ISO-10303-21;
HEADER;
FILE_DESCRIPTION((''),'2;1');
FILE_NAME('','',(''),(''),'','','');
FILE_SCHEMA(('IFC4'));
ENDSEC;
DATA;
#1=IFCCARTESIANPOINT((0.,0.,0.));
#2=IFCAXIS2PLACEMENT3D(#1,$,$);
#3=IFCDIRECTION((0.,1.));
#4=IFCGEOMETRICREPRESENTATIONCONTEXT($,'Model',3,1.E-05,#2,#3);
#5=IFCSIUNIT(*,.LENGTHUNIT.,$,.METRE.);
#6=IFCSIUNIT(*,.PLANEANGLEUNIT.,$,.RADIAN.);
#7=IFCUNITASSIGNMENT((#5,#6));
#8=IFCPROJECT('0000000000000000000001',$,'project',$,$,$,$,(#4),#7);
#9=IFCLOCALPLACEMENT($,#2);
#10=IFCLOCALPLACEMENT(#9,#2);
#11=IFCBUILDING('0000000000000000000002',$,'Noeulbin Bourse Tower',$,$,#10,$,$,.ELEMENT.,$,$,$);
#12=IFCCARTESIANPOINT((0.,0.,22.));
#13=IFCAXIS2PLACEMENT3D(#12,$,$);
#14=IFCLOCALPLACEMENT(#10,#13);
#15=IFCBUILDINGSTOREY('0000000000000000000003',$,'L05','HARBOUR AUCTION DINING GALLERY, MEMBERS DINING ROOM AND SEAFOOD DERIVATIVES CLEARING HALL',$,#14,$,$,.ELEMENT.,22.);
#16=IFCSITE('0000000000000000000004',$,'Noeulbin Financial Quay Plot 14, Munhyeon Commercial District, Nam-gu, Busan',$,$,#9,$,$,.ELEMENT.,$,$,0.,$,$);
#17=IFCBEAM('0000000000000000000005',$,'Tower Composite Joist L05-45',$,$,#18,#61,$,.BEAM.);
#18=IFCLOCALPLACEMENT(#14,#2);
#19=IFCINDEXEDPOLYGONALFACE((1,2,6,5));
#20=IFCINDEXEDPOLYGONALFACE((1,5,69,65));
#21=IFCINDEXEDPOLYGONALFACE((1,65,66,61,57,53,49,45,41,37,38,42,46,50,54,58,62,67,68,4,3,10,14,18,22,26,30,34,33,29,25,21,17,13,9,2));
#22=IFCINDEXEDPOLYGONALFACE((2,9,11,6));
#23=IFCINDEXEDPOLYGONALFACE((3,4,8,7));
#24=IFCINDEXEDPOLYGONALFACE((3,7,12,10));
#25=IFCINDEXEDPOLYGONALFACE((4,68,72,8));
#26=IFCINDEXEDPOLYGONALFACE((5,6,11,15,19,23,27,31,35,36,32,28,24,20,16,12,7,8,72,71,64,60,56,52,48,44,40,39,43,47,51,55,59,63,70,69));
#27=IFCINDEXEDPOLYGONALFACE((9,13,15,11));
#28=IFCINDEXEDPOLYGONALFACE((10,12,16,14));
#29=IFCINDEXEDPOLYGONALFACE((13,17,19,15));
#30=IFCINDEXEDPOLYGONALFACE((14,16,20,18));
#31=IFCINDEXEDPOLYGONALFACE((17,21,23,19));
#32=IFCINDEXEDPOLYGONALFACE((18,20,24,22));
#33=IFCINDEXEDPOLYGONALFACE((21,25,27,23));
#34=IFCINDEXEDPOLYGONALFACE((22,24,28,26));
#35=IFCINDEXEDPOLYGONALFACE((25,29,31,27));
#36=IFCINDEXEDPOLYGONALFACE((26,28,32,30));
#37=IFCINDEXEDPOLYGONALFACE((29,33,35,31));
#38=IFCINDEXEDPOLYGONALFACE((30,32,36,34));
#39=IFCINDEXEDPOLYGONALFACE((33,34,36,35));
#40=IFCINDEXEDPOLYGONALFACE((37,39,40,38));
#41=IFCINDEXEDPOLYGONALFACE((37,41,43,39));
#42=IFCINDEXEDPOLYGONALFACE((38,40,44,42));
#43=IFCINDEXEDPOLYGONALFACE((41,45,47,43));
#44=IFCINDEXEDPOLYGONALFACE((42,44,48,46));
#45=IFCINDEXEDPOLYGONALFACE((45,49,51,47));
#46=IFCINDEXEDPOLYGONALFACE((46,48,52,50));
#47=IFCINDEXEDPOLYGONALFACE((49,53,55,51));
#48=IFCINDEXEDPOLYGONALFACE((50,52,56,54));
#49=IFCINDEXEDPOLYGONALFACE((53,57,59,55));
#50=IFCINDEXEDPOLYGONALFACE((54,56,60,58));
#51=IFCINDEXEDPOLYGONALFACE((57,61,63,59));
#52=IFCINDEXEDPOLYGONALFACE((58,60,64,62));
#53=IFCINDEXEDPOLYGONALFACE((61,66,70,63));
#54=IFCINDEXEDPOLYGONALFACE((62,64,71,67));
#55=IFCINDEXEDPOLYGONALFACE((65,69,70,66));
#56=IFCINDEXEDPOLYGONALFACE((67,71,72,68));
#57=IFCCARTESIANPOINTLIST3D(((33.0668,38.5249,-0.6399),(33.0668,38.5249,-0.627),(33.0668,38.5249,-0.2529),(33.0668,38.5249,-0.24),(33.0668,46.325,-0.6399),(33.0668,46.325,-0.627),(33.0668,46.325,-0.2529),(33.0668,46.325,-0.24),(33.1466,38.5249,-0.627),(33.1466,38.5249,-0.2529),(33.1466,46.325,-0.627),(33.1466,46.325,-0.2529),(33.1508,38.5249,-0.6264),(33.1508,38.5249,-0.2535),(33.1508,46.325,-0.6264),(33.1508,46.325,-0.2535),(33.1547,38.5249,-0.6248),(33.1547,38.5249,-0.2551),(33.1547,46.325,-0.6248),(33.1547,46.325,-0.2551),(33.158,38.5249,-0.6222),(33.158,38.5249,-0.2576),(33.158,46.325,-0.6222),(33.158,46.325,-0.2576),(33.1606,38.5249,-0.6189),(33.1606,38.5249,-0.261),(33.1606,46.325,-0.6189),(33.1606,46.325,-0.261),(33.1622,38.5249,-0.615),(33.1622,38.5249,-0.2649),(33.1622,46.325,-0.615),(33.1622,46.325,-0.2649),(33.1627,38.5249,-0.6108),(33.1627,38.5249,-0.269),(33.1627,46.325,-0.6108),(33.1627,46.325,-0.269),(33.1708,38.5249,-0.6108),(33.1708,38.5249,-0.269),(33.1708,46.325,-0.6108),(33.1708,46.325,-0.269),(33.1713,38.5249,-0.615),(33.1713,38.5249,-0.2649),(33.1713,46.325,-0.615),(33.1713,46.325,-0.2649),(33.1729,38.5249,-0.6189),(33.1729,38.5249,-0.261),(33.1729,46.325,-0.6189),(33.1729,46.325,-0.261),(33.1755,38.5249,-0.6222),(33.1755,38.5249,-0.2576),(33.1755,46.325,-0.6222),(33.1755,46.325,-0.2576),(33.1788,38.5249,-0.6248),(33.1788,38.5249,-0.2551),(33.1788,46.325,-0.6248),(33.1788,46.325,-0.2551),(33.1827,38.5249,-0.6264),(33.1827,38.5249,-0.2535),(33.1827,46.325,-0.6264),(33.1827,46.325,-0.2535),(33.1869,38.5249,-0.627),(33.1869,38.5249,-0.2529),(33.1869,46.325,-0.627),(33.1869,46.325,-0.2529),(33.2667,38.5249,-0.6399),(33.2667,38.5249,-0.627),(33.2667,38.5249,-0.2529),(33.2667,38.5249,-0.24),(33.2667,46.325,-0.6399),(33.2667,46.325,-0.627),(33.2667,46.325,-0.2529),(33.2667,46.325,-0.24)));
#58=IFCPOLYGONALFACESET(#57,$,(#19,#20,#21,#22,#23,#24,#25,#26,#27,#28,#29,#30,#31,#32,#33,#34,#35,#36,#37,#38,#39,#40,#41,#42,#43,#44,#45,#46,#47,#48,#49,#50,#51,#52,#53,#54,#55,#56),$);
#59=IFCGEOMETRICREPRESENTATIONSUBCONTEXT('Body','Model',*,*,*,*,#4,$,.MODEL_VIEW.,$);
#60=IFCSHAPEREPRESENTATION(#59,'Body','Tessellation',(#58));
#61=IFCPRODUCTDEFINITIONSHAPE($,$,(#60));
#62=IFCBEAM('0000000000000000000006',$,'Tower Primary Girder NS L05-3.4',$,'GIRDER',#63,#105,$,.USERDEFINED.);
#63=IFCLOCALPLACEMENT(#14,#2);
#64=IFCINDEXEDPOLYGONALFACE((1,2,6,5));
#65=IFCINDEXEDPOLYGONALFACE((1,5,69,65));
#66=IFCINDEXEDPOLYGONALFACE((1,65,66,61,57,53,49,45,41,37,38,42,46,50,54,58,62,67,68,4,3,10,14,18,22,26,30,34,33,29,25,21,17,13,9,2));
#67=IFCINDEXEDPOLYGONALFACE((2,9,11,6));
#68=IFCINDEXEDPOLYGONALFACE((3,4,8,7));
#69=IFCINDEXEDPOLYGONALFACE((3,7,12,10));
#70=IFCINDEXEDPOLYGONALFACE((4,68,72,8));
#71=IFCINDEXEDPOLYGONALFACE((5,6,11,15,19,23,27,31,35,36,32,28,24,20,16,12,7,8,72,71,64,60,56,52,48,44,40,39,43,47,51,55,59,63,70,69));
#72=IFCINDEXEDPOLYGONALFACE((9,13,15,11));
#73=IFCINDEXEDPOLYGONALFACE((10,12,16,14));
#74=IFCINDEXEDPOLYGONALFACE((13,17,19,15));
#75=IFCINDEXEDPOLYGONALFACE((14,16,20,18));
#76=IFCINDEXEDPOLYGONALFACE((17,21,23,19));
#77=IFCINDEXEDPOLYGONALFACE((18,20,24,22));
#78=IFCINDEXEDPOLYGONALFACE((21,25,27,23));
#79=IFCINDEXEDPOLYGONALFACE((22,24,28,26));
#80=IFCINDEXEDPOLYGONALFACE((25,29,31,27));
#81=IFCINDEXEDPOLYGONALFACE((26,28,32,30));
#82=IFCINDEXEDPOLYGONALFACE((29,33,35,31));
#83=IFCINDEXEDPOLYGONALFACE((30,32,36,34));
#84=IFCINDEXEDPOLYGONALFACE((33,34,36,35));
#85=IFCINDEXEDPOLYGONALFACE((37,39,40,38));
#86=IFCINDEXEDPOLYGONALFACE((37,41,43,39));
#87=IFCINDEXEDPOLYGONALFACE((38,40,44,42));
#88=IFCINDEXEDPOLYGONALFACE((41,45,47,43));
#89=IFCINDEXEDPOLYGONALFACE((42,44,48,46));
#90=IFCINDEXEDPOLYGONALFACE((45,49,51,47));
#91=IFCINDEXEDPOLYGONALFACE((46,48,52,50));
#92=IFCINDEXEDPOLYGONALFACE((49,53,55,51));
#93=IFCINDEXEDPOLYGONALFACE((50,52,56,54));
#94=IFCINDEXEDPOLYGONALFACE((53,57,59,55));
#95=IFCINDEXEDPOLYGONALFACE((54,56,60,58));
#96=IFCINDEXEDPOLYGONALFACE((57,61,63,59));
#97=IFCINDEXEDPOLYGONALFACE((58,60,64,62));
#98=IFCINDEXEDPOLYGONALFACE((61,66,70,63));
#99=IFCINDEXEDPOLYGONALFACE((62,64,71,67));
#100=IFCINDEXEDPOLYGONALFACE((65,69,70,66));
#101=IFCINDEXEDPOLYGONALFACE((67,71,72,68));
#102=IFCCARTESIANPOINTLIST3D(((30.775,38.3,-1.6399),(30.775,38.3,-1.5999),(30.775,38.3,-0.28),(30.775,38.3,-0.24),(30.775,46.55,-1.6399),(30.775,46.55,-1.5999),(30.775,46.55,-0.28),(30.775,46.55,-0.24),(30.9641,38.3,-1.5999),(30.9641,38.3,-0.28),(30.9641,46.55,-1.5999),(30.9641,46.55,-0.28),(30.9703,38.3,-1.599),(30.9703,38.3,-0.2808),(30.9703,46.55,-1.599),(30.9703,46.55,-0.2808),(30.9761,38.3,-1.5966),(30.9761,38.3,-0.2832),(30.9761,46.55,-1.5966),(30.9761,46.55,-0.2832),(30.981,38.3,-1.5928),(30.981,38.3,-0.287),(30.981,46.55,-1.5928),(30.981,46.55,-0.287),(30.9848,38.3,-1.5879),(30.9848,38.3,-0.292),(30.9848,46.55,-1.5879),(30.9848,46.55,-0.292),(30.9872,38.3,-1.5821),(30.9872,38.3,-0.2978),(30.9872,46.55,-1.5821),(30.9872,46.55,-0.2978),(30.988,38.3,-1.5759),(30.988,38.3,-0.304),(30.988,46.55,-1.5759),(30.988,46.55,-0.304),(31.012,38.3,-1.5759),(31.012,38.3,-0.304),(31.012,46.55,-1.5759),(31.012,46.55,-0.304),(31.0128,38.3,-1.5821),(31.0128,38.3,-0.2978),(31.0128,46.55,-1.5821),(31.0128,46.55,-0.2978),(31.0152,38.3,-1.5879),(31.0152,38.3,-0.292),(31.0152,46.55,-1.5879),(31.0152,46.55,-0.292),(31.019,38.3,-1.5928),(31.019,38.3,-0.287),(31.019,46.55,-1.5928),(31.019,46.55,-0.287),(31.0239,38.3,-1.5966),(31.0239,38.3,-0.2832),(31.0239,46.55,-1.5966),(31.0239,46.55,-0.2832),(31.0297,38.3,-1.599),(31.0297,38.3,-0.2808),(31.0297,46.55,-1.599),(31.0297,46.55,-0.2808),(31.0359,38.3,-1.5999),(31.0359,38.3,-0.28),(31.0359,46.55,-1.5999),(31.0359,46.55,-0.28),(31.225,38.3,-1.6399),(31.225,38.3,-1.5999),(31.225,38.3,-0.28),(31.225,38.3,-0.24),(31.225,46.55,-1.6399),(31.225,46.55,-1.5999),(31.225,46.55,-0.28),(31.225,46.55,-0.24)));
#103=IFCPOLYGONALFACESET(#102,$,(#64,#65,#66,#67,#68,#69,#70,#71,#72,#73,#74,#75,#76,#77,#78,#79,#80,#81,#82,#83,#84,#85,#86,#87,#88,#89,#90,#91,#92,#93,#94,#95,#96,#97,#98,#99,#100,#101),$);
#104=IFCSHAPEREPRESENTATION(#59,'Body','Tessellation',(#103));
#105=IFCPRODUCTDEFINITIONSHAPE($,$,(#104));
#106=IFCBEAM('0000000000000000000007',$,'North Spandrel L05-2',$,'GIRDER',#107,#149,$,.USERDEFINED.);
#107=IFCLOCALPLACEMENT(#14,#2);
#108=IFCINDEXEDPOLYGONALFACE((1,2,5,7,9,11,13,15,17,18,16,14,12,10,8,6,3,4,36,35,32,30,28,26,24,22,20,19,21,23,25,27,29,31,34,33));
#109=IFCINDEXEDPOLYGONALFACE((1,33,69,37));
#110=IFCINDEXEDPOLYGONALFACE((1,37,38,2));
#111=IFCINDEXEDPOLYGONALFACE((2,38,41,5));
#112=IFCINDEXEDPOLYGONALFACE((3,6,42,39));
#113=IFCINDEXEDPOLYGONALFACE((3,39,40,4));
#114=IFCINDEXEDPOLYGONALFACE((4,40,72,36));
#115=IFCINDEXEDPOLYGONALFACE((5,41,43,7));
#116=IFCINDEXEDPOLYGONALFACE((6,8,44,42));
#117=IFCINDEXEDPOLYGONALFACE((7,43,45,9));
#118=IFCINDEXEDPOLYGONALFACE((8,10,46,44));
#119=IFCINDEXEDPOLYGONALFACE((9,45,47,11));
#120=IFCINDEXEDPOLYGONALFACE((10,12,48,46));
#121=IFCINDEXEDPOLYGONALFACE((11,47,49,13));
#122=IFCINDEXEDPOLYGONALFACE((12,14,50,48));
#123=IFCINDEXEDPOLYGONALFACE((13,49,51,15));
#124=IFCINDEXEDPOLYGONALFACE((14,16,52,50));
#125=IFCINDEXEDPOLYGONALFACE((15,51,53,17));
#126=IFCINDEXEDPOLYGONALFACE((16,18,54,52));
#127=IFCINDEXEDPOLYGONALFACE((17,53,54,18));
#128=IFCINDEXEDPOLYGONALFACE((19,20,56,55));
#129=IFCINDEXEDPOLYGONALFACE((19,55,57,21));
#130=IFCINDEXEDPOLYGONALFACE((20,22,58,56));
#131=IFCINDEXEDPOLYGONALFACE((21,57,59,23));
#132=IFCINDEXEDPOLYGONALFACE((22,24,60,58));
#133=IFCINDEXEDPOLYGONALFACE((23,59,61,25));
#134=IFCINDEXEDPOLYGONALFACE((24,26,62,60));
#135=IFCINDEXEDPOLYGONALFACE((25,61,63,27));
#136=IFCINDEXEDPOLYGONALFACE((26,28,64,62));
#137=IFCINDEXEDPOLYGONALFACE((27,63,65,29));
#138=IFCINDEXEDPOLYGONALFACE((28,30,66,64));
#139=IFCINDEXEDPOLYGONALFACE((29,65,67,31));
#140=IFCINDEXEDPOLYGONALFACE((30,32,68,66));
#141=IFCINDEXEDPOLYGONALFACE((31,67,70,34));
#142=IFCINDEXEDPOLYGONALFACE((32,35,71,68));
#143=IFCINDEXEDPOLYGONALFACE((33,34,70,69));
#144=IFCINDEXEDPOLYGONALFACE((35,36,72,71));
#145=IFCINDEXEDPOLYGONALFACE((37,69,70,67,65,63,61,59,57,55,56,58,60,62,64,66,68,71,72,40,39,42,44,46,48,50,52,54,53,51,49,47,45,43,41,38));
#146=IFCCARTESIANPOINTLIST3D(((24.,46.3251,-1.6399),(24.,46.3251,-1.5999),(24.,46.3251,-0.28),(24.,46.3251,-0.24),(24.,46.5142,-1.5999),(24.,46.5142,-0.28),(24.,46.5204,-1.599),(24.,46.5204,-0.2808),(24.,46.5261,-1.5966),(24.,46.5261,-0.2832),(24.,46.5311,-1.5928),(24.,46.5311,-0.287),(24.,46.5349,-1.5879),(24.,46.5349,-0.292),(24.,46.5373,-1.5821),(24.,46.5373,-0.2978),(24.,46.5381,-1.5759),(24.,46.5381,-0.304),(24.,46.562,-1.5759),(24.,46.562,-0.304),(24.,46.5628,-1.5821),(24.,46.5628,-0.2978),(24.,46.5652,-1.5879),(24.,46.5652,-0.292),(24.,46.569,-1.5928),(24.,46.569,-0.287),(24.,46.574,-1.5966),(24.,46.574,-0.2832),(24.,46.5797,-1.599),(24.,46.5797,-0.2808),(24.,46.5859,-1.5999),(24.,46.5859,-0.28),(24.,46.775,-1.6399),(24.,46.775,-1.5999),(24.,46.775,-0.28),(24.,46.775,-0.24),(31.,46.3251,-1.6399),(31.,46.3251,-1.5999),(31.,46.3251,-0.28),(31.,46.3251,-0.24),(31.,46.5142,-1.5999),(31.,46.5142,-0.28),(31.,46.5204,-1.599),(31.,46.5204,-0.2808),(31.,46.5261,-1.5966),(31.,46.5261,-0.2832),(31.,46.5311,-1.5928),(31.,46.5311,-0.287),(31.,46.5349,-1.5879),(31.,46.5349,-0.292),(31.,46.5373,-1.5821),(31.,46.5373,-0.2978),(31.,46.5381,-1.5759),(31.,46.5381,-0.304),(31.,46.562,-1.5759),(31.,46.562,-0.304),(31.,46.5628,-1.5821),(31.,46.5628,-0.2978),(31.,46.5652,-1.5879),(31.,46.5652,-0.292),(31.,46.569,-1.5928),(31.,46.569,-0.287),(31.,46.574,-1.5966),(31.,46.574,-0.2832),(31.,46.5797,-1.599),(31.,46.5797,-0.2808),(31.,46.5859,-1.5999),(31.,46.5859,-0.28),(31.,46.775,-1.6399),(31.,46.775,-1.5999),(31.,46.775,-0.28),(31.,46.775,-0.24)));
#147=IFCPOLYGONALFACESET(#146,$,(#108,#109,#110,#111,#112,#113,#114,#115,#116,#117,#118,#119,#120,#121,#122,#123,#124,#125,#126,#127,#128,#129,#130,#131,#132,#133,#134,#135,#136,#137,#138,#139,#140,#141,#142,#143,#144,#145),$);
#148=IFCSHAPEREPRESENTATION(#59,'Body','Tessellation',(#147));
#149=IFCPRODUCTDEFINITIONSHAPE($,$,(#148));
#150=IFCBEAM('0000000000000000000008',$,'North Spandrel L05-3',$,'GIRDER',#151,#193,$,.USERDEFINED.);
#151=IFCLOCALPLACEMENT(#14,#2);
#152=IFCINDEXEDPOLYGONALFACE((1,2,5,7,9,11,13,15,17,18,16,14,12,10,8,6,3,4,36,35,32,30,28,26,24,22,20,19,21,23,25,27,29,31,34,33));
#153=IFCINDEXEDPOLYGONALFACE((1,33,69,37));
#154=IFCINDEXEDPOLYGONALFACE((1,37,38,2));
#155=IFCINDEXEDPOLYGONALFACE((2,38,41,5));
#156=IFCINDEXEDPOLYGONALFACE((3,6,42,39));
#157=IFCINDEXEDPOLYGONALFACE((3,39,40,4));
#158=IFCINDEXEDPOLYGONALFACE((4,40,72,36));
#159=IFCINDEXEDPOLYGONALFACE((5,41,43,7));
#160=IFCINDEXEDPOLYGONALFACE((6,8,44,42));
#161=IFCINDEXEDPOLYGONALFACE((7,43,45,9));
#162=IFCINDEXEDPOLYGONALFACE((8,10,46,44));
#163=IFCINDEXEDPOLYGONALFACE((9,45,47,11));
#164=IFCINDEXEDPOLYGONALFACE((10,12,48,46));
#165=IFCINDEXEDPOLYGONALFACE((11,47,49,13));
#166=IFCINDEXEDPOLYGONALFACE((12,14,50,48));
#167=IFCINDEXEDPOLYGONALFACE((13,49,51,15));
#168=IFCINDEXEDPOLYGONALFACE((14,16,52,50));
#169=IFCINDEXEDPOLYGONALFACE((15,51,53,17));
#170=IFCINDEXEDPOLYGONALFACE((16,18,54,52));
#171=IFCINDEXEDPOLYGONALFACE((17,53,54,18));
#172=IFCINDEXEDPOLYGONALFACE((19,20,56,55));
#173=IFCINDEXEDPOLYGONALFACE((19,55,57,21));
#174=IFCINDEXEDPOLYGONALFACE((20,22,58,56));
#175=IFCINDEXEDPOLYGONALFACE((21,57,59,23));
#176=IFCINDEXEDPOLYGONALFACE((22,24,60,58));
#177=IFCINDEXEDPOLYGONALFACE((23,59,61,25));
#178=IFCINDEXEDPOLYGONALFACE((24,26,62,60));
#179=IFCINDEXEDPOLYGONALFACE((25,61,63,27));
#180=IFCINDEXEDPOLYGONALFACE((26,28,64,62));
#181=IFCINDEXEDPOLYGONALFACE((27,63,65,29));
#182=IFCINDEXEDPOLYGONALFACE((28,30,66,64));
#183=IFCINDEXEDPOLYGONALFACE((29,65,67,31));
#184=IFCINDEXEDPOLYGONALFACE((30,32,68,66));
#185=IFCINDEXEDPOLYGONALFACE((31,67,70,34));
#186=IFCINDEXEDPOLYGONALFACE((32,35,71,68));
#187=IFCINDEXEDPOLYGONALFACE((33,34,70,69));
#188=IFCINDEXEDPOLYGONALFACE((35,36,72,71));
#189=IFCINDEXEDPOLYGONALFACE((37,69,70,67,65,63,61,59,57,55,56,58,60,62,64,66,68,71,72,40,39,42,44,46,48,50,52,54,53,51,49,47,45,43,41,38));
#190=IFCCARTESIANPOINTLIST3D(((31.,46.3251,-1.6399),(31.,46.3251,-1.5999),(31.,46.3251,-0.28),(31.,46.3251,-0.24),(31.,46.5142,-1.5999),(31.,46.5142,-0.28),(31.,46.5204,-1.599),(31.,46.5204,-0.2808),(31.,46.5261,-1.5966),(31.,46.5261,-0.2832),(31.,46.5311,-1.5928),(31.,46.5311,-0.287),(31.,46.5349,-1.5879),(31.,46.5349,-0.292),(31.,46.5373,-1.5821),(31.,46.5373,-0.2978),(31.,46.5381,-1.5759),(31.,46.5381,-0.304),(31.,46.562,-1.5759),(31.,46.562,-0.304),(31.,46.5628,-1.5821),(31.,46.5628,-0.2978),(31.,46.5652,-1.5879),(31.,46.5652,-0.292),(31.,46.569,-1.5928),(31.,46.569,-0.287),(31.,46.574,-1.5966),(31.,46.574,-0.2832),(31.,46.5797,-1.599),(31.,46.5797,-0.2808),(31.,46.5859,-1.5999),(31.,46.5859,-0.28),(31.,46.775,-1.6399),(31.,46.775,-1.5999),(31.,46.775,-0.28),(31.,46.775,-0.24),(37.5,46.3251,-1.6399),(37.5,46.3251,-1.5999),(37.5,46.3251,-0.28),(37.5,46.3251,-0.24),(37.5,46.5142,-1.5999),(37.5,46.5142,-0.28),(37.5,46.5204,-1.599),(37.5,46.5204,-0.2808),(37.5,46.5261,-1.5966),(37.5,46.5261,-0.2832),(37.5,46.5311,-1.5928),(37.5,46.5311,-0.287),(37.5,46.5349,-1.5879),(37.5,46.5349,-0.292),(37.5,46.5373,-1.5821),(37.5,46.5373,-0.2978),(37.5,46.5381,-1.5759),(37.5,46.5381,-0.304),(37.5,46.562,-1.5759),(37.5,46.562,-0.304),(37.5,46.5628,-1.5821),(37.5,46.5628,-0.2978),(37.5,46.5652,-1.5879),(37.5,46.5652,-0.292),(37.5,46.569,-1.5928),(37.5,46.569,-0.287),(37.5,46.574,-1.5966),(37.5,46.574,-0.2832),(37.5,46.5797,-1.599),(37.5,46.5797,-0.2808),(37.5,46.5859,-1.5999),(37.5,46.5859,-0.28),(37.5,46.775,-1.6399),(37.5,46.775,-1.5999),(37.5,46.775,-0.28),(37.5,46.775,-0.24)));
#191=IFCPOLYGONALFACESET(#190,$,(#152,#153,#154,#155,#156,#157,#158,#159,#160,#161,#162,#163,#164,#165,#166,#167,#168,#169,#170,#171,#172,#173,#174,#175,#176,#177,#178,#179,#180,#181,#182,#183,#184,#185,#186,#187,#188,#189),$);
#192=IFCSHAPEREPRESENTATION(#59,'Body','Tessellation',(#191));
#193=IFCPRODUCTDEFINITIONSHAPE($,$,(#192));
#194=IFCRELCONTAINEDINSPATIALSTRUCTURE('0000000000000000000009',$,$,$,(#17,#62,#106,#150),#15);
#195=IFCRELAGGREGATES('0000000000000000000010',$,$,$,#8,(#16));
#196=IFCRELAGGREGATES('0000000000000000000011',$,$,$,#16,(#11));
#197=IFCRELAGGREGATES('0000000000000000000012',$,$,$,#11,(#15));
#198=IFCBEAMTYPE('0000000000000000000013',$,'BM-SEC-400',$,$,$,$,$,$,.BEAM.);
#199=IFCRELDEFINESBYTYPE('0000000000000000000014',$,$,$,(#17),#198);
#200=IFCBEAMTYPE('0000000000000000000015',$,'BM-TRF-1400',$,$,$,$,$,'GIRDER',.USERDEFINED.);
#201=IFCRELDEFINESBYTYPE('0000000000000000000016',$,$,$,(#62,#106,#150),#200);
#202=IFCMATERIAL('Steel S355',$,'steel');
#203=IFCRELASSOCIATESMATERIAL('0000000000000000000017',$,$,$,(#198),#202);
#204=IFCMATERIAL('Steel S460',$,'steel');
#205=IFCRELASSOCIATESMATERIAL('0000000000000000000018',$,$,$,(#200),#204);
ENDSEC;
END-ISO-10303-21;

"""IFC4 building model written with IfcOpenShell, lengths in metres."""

from ifc_helpers import new_model, si_unit, direction, frame, origin, origin_2d, place, context, subcontext, project, spatial, i_section, extrude, material, material_profile, profile_set, type_object, element, save


model = new_model("IFC4")

# Units and contexts
model_context = context("Model", 3, precision=1e-05, world=origin(), true_north=direction((0.0, 1.0)))
body_context = subcontext(model_context, "Body", "Model", "MODEL_VIEW")
ifc_project = project(units=[si_unit("LENGTHUNIT", "METRE"), si_unit("PLANEANGLEUNIT", "RADIAN")], contexts=[model_context])

# Site, building, storey
site_placement = place(None, origin())
site = spatial("IfcSite", under=ifc_project, at=site_placement, Name="Noeulbin Financial Quay Plot 14, Munhyeon Commercial District, Nam-gu, Busan", CompositionType="ELEMENT", RefElevation=0.0)
building_placement = place(site_placement, origin())
building = spatial("IfcBuilding", under=site, at=building_placement, Name="Noeulbin Bourse Tower", CompositionType="ELEMENT")
storey_placement = place(building_placement, frame((0.0, 0.0, 22.0)))
storey = spatial("IfcBuildingStorey", under=building, at=storey_placement, Name="L05", Description="HARBOUR AUCTION DINING GALLERY, MEMBERS DINING ROOM AND SEAFOOD DERIVATIVES CLEARING HALL", CompositionType="ELEMENT", Elevation=22.0)

# Shared definitions
ifc_material_1 = material(Name="Steel S460", Category="steel")

# Beams
ifc_material_2 = material(Name="Steel S355", Category="steel")
ifc_material_profile_1 = material_profile(ifc_material_2, i_section(OverallWidth=0.2, OverallDepth=0.3999, WebThickness=0.0081, FlangeThickness=0.0129, FilletRadius=0.0161, at=origin_2d()), Name="H-400x200x8x13", Category="LoadBearing")
ifc_profile_set_1 = profile_set([ifc_material_profile_1], Name="Steel S355")
beam_type_1 = type_object("IfcBeamType", Name="BM-SEC-400", PredefinedType="BEAM", material=ifc_profile_set_1)
for number, where, z_axis, x_axis, name in (
    (1, (33.1667, 38.5249, -0.4399), (0.0, 1.0, 0.0), (-1.0, 0.0, 0.0), "Tower Composite Joist L05-45"),
):
    element("IfcBeam", number, at=place(storey_placement, frame(where, z_axis=z_axis, x_axis=x_axis)), inside=storey, type_object=beam_type_1, Name=name, PredefinedType="BEAM", context=body_context, shape_type="SweptSolid", body=[
        extrude(i_section(OverallWidth=0.2, OverallDepth=0.3999, WebThickness=0.0081, FlangeThickness=0.0129, FilletRadius=0.0161, at=origin_2d()), origin(), (0.0, 0.0, 1.0), 7.8),
    ])
ifc_material_profile_2 = material_profile(ifc_material_1, i_section(OverallWidth=0.45, OverallDepth=1.3999, WebThickness=0.0239, FlangeThickness=0.04, FilletRadius=0.0239, at=origin_2d()), Name="PG-1400x450x24x40", Category="LoadBearing")
ifc_profile_set_2 = profile_set([ifc_material_profile_2], Name="Steel S460")
beam_type_2 = type_object("IfcBeamType", Name="BM-TRF-1400", ElementType="GIRDER", PredefinedType="USERDEFINED", material=ifc_profile_set_2)
beam_1_placement = place(storey_placement, frame((31.0, 38.3, -0.9399), z_axis=(0.0, 1.0, 0.0), x_axis=(-1.0, 0.0, 0.0)))
element("IfcBeam", 2, at=beam_1_placement, inside=storey, type_object=beam_type_2, Name="Tower Primary Girder NS L05-3.4", ObjectType="GIRDER", PredefinedType="USERDEFINED", context=body_context, shape_type="SweptSolid", body=[
    extrude(i_section(OverallWidth=0.45, OverallDepth=1.3999, WebThickness=0.0239, FlangeThickness=0.04, FilletRadius=0.0239, at=origin_2d()), origin(), (0.0, 0.0, 1.0), 8.25),
])
beam_2_placement = place(storey_placement, frame((24.0, 46.55, -0.9399), z_axis=(1.0, 0.0, 0.0), x_axis=(0.0, 1.0, 0.0)))
element("IfcBeam", 3, at=beam_2_placement, inside=storey, type_object=beam_type_2, Name="North Spandrel L05-2", ObjectType="GIRDER", PredefinedType="USERDEFINED", context=body_context, shape_type="SweptSolid", body=[
    extrude(i_section(OverallWidth=0.45, OverallDepth=1.3999, WebThickness=0.0239, FlangeThickness=0.04, FilletRadius=0.0239, at=origin_2d()), origin(), (0.0, 0.0, 1.0), 7.0),
])
beam_3_placement = place(storey_placement, frame((31.0, 46.55, -0.9399), z_axis=(1.0, 0.0, 0.0), x_axis=(0.0, 1.0, 0.0)))
element("IfcBeam", 4, at=beam_3_placement, inside=storey, type_object=beam_type_2, Name="North Spandrel L05-3", ObjectType="GIRDER", PredefinedType="USERDEFINED", context=body_context, shape_type="SweptSolid", body=[
    extrude(i_section(OverallWidth=0.45, OverallDepth=1.3999, WebThickness=0.0239, FlangeThickness=0.04, FilletRadius=0.0239, at=origin_2d()), origin(), (0.0, 0.0, 1.0), 6.5),
])

save(model, "model.ifc")
